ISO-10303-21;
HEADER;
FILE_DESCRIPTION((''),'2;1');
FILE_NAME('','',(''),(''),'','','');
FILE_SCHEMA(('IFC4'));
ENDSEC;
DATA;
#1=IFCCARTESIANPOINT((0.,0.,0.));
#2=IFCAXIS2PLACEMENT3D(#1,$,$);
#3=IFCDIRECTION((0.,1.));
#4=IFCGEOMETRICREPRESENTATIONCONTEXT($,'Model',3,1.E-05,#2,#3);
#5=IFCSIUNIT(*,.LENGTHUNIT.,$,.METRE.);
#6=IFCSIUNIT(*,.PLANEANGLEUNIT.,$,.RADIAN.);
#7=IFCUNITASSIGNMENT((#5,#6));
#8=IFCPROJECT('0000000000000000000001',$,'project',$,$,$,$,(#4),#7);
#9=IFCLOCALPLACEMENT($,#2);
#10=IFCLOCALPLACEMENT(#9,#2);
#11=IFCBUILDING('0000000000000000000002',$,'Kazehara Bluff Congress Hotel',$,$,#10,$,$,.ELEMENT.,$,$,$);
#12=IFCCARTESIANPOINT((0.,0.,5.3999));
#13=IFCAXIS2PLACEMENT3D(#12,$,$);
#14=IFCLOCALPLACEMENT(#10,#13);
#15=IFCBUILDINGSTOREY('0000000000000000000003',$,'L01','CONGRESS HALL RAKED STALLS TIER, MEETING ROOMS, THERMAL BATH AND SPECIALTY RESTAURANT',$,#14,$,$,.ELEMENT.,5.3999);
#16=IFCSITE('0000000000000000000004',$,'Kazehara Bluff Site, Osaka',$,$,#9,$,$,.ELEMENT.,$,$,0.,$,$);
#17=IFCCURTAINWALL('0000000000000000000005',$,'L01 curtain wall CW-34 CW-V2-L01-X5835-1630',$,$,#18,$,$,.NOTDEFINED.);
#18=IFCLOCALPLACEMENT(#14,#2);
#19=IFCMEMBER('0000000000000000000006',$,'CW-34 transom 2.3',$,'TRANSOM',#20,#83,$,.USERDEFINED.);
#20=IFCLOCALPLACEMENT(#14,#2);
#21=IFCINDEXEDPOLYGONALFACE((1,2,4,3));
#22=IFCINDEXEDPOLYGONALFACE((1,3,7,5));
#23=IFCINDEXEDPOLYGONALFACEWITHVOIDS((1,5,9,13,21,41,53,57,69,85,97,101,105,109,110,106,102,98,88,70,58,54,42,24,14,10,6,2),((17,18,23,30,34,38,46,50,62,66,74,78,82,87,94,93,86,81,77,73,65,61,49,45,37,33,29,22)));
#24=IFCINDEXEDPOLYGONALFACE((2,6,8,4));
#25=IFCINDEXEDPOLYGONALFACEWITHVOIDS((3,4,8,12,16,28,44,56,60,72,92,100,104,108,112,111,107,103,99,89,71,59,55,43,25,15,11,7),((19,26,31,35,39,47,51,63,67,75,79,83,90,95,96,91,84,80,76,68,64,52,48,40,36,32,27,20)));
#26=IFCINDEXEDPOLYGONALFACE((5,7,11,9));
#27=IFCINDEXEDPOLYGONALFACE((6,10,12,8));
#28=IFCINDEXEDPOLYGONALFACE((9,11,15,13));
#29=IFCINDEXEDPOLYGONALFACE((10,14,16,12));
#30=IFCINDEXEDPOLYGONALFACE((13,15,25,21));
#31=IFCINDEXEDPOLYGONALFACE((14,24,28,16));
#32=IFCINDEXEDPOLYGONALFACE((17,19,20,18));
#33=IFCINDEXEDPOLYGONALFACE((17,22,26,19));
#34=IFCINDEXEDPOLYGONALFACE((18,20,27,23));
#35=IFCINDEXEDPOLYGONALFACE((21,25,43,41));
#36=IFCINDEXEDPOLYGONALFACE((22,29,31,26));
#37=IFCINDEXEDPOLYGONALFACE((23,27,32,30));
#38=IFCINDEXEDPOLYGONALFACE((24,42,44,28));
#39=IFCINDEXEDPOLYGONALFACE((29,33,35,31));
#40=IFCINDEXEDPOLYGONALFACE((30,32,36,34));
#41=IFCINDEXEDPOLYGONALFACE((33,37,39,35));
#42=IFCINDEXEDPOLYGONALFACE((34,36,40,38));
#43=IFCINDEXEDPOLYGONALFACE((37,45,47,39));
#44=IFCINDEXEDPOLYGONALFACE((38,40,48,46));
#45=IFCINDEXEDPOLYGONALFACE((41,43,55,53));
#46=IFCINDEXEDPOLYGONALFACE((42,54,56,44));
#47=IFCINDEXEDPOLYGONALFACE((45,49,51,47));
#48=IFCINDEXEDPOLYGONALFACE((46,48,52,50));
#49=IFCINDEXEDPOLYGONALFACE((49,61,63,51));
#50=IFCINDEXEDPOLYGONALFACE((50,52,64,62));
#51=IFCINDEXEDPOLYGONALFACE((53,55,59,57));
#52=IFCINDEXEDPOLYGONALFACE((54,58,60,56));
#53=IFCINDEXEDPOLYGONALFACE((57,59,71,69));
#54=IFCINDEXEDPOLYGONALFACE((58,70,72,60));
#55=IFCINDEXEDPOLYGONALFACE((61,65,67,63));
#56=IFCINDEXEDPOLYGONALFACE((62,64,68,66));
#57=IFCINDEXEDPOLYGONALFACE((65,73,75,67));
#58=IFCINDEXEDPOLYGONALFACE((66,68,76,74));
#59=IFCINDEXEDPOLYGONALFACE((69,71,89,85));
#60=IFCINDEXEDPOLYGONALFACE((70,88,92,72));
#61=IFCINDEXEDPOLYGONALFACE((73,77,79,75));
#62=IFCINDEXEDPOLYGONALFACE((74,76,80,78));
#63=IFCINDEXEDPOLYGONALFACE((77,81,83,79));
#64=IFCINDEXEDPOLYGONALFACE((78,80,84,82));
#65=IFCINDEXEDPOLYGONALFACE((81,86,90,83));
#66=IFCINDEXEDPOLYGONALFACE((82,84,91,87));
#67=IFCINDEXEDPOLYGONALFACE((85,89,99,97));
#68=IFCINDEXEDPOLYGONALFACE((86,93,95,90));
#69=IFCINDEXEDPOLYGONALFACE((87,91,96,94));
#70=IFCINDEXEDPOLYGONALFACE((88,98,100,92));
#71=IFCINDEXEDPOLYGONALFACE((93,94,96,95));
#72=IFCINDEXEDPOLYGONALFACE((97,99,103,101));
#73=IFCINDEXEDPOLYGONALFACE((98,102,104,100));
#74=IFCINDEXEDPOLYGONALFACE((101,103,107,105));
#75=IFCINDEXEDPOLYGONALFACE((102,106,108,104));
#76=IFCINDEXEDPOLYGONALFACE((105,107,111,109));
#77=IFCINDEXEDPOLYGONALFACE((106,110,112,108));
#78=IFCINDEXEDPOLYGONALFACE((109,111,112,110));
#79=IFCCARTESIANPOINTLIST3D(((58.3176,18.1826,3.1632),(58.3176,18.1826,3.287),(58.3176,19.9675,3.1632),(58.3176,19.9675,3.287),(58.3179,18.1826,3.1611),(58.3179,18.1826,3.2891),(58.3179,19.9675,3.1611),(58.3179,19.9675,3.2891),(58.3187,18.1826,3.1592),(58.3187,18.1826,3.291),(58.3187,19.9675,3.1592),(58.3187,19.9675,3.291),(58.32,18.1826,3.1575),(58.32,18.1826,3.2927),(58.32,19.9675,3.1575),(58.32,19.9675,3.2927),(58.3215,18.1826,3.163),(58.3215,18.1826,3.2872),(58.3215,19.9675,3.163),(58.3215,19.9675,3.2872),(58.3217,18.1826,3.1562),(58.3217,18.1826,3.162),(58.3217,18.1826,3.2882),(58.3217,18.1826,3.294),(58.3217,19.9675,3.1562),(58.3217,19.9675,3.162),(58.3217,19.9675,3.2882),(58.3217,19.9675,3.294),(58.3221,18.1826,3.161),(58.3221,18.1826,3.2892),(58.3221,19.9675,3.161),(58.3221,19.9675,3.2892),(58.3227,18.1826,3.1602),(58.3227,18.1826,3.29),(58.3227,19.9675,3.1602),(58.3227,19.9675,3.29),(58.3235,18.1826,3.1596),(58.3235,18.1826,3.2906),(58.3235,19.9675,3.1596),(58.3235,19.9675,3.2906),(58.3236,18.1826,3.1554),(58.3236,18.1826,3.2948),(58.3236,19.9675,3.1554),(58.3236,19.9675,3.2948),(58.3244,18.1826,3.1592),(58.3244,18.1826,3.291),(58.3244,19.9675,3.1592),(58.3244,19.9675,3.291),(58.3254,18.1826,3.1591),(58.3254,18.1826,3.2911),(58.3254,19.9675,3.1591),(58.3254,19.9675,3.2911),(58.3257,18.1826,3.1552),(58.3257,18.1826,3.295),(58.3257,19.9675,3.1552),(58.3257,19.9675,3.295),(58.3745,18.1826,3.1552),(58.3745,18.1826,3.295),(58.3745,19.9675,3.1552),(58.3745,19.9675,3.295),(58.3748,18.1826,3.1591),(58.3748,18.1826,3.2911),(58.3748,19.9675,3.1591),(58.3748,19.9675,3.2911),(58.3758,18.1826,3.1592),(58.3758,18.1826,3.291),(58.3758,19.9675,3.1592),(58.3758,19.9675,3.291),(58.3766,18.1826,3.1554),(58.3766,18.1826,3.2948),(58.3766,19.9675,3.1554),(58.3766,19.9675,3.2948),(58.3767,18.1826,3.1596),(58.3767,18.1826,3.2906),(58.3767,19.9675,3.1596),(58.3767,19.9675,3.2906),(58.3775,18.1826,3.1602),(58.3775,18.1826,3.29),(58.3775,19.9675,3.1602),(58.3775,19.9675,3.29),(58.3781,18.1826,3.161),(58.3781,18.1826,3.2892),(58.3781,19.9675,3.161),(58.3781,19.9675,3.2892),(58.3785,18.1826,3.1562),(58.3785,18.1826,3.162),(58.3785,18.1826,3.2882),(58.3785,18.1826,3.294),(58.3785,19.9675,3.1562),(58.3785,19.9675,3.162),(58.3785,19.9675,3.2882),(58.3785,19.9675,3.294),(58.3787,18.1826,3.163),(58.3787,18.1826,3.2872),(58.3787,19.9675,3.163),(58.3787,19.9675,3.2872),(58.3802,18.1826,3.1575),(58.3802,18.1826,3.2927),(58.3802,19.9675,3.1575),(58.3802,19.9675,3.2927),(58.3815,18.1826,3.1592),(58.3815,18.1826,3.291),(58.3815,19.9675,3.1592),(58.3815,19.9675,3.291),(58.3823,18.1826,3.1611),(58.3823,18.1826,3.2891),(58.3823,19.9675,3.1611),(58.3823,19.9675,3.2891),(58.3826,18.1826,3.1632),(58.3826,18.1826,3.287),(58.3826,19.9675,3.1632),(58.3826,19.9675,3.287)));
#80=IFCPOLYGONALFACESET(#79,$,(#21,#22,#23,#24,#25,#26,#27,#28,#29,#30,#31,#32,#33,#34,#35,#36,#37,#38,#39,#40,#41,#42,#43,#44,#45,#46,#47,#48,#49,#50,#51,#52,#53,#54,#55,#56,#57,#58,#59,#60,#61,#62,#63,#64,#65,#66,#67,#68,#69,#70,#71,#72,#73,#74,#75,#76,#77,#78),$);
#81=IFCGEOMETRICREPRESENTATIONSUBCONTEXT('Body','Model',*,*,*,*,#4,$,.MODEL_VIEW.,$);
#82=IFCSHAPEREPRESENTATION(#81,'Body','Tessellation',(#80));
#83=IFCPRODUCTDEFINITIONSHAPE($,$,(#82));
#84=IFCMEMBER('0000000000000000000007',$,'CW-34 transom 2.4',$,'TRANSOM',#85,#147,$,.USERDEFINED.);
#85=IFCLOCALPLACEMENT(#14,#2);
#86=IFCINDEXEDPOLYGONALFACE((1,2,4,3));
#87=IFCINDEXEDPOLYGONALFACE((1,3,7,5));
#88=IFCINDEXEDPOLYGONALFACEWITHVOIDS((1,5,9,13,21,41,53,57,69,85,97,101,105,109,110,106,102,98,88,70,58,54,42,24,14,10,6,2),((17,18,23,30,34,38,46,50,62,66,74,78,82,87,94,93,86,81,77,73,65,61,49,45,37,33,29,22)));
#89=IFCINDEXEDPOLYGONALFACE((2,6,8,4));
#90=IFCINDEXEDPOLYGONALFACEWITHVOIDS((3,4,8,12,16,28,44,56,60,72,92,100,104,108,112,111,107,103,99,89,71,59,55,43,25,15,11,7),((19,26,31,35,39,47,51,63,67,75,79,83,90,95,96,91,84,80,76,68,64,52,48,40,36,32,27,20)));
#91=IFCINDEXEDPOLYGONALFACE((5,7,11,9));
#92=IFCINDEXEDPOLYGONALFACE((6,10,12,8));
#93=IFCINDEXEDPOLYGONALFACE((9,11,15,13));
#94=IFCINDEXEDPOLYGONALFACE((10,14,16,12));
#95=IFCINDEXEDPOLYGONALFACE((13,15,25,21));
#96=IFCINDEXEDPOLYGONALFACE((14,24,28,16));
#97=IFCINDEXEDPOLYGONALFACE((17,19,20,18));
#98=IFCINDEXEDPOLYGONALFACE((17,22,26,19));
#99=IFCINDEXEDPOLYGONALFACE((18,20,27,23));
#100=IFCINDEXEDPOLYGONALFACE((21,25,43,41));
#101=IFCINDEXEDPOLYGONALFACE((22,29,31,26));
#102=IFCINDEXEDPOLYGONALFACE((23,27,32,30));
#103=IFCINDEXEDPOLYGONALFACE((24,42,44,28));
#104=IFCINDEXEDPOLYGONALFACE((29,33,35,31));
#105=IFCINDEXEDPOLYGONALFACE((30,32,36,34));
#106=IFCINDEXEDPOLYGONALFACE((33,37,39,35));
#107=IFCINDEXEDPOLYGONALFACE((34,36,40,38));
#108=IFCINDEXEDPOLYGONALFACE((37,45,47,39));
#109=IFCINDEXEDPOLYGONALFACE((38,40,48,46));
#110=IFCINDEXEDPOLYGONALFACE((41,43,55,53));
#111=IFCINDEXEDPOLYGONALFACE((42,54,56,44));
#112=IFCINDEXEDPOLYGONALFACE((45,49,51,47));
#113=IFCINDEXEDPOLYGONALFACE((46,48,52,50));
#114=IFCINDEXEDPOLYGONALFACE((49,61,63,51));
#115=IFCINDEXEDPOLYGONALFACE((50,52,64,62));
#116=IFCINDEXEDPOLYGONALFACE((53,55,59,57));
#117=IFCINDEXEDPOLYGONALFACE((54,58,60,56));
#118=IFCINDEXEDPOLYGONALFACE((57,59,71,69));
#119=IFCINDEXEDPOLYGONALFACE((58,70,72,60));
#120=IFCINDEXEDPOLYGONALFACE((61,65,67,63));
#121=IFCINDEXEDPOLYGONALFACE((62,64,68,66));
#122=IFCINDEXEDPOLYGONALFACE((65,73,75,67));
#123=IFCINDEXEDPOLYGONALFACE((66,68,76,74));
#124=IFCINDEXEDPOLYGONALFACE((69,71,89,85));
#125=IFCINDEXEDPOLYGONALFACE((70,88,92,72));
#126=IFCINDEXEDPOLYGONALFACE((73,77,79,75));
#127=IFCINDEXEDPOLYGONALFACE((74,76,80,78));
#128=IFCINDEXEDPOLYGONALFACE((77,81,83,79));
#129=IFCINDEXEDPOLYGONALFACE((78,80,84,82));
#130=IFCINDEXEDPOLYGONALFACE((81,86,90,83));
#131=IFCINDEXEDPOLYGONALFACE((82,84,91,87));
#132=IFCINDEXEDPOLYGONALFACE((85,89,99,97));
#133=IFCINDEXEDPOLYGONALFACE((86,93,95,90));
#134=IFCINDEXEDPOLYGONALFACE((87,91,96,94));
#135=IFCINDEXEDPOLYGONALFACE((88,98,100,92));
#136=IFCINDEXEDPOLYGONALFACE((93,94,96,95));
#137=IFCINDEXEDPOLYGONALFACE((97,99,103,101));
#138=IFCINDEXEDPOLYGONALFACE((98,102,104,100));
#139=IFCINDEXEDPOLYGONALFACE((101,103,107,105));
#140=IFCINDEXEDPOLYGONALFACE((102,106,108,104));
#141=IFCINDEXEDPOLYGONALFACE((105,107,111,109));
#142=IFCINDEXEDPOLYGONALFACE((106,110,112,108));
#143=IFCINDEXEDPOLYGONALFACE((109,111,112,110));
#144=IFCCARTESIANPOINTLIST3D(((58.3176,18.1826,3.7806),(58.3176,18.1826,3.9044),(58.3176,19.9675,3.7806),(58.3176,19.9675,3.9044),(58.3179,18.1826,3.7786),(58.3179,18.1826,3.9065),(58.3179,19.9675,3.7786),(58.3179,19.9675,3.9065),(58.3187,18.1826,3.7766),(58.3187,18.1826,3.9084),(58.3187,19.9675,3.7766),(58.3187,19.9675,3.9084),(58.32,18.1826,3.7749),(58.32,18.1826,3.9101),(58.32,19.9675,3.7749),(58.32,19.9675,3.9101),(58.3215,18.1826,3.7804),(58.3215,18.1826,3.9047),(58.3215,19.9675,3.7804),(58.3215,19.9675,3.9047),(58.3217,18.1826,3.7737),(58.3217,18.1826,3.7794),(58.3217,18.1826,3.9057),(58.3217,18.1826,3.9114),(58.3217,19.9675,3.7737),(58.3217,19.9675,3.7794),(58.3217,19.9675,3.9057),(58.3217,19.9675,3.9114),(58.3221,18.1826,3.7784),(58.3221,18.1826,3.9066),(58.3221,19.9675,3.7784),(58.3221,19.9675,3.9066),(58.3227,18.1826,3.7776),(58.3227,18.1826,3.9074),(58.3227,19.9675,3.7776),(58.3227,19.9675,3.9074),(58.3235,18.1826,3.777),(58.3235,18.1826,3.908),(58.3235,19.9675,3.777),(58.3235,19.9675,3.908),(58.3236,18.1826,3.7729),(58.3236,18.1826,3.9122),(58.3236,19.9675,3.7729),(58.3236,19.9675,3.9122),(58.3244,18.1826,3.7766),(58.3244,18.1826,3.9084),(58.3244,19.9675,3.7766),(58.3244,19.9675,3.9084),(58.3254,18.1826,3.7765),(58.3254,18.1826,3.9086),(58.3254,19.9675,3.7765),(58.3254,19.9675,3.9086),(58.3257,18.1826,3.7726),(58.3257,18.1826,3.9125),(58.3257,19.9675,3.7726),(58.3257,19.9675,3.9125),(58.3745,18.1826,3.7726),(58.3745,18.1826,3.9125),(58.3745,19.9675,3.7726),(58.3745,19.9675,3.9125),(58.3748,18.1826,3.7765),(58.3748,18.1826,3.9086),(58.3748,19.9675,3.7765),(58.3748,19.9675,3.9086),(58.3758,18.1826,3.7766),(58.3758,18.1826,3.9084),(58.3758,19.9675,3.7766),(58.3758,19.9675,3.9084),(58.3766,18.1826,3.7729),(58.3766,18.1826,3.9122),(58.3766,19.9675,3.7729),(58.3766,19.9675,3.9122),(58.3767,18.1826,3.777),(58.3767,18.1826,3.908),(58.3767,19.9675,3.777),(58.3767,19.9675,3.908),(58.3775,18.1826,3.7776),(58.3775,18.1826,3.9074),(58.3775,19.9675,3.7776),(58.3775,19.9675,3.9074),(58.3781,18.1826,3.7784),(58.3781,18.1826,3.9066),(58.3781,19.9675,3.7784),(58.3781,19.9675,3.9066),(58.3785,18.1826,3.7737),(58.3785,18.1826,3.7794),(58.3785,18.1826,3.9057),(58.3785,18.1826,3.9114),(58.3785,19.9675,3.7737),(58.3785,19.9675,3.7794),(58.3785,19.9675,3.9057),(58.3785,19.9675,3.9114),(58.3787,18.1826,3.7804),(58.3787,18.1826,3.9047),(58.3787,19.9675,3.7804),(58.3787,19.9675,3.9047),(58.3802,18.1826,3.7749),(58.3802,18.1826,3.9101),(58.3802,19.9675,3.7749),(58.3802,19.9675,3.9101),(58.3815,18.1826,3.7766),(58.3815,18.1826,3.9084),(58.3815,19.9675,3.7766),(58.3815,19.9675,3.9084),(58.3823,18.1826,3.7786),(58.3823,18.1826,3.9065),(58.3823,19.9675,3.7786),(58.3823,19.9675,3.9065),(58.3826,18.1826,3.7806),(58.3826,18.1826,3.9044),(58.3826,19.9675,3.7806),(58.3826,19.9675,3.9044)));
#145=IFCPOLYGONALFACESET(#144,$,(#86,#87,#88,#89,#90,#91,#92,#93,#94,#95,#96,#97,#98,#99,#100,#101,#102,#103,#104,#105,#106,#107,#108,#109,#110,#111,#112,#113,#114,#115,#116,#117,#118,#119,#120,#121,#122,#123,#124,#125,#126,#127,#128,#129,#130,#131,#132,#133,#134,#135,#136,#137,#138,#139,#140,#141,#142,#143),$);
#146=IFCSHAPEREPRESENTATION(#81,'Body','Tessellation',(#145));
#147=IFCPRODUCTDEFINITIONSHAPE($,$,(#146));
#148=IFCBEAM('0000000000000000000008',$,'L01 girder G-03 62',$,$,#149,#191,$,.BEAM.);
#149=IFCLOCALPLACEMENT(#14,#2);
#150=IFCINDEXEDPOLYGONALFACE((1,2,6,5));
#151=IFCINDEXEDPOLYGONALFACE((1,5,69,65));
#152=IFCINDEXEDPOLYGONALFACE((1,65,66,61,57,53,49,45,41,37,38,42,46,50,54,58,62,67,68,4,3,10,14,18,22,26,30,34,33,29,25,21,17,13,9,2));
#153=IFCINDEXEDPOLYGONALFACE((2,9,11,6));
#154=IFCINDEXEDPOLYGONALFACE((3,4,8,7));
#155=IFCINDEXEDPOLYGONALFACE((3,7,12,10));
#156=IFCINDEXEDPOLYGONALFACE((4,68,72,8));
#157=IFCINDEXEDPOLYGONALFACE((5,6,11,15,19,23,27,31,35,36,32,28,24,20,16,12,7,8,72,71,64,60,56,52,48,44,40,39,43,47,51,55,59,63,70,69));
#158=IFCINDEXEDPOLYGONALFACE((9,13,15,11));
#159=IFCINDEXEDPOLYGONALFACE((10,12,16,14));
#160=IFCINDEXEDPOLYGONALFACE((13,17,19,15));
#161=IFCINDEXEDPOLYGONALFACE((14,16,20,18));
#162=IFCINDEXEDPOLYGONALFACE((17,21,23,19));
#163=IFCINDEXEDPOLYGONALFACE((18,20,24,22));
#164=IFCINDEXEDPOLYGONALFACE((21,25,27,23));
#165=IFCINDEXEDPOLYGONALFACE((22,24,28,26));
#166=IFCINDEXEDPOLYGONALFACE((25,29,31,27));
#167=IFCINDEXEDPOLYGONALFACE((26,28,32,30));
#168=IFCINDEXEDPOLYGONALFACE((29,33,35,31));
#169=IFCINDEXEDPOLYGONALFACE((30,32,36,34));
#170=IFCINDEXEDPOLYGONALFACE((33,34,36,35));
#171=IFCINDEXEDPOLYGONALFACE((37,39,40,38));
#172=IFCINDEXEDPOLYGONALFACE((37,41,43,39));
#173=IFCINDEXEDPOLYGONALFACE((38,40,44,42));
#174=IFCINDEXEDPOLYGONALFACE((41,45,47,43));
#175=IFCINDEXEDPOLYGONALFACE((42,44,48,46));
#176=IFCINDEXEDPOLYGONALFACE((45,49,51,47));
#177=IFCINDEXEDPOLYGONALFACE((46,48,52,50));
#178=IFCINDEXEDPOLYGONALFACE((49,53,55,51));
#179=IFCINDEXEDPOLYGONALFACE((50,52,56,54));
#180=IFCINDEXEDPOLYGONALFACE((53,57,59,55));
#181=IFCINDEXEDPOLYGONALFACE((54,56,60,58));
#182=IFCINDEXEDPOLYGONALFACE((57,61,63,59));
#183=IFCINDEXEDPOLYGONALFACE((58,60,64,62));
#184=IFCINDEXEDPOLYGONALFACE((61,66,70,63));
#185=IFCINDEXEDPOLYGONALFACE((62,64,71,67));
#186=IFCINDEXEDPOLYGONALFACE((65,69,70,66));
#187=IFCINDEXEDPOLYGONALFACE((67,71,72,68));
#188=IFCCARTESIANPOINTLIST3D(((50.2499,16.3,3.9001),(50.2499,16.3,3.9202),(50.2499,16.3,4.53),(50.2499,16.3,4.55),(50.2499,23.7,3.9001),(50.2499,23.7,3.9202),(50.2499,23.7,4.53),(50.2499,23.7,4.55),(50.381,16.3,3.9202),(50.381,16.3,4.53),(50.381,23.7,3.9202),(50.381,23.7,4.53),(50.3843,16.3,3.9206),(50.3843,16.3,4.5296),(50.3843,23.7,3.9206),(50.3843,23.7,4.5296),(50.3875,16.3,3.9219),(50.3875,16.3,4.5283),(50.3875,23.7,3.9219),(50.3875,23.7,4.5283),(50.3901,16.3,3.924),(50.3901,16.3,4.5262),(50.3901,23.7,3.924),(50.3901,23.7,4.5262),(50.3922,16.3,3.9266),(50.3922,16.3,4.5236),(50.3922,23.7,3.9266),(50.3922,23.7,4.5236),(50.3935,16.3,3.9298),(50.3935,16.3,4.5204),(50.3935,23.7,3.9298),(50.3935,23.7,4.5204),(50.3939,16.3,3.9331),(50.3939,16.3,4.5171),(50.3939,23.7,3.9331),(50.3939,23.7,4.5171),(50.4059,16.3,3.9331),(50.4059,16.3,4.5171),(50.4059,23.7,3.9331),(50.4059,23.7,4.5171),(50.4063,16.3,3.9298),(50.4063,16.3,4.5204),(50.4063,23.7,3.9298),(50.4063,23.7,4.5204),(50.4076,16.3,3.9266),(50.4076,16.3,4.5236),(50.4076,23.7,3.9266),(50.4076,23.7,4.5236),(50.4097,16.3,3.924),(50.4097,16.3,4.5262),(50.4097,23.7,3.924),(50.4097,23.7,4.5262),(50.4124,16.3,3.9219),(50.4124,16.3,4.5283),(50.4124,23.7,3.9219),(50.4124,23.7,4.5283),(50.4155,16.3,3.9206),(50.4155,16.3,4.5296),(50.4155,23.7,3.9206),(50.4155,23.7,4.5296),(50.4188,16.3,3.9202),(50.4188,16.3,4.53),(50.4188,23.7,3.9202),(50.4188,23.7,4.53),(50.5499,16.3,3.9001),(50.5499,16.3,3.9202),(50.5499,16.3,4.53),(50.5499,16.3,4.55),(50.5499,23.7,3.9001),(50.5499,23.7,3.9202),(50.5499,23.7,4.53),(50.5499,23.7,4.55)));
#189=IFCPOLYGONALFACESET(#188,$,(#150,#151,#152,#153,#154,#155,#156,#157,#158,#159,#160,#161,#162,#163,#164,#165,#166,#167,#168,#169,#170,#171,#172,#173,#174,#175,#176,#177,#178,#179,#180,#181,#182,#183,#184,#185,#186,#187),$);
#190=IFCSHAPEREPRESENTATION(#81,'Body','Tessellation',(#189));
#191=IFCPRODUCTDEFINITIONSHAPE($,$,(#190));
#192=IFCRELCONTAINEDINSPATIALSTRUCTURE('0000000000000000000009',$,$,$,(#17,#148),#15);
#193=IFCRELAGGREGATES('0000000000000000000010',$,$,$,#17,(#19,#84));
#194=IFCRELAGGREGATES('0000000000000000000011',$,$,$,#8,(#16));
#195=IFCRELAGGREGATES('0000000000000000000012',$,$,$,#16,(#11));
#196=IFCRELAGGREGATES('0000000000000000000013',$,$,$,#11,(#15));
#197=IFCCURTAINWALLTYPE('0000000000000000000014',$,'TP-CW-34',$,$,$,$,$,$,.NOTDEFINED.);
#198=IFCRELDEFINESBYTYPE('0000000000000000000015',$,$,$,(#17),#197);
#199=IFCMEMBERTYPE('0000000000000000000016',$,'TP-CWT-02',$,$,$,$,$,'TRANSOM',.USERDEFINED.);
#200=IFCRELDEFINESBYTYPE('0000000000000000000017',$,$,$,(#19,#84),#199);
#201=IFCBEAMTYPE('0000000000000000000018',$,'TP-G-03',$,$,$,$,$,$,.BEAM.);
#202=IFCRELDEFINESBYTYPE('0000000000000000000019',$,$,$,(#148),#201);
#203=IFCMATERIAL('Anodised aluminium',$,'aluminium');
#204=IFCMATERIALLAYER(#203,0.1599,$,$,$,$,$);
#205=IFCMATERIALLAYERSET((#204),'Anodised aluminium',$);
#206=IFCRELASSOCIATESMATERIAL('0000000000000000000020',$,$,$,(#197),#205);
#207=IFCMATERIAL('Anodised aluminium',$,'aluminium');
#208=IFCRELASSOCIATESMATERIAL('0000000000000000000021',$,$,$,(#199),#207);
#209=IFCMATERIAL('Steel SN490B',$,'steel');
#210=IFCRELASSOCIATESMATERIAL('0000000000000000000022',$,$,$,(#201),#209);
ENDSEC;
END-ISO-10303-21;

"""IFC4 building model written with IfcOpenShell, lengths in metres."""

from ifc_helpers import new_model, si_unit, direction, frame, origin, origin_2d, place, context, subcontext, project, spatial, hollow_rectangle, i_section, extrude, material, layer, layer_set, material_profile, profile_set, type_object, element, aggregate, save


model = new_model("IFC4")

# Units and contexts
model_context = context("Model", 3, precision=1e-05, world=origin(), true_north=direction((0.0, 1.0)))
body_context = subcontext(model_context, "Body", "Model", "MODEL_VIEW")
ifc_project = project(units=[si_unit("LENGTHUNIT", "METRE"), si_unit("PLANEANGLEUNIT", "RADIAN")], contexts=[model_context])

# Site, building, storey
site_placement = place(None, origin())
site = spatial("IfcSite", under=ifc_project, at=site_placement, Name="Kazehara Bluff Site, Osaka", CompositionType="ELEMENT", RefElevation=0.0)
building_placement = place(site_placement, origin())
building = spatial("IfcBuilding", under=site, at=building_placement, Name="Kazehara Bluff Congress Hotel", CompositionType="ELEMENT")
storey_placement = place(building_placement, frame((0.0, 0.0, 5.3999)))
storey = spatial("IfcBuildingStorey", under=building, at=storey_placement, Name="L01", Description="CONGRESS HALL RAKED STALLS TIER, MEETING ROOMS, THERMAL BATH AND SPECIALTY RESTAURANT", CompositionType="ELEMENT", Elevation=5.3999)

# Curtain wall
ifc_material_1 = material(Name="Anodised aluminium", Category="aluminium")
ifc_layer_1 = layer(ifc_material_1, 0.1599)
ifc_layer_set_1 = layer_set([ifc_layer_1], Name="Anodised aluminium")
curtain_wall_type = type_object("IfcCurtainWallType", Name="TP-CW-34", PredefinedType="NOTDEFINED", material=ifc_layer_set_1)
curtain_wall_1_placement = place(storey_placement, origin())
curtain_wall_1 = element("IfcCurtainWall", 1, at=curtain_wall_1_placement, inside=storey, type_object=curtain_wall_type, Name="L01 curtain wall CW-34 CW-V2-L01-X5835-1630", PredefinedType="NOTDEFINED")

# Members
ifc_material_2 = material(Name="Anodised aluminium", Category="aluminium")
ifc_material_profile_1 = material_profile(ifc_material_2, hollow_rectangle(XDim=0.0649, YDim=0.1399, WallThickness=0.0039, InnerFilletRadius=0.0039, OuterFilletRadius=0.0081, at=origin_2d()))
ifc_profile_set_1 = profile_set([ifc_material_profile_1], Name="Anodised aluminium")
member_type_1 = type_object("IfcMemberType", Name="TP-CWT-02", ElementType="TRANSOM", PredefinedType="USERDEFINED", material=ifc_profile_set_1)
member_1_placement = place(storey_placement, frame((58.3501, 18.1826, 3.2251), z_axis=(0.0, 1.0, 0.0), x_axis=(-1.0, 0.0, 0.0)))
member_1 = element("IfcMember", 2, at=member_1_placement, type_object=member_type_1, Name="CW-34 transom 2.3", ObjectType="TRANSOM", PredefinedType="USERDEFINED", context=body_context, shape_type="SweptSolid", body=[
    extrude(hollow_rectangle(XDim=0.0649, YDim=0.1399, WallThickness=0.0039, InnerFilletRadius=0.0039, OuterFilletRadius=0.0081, at=origin_2d()), origin(), (0.0, 0.0, 1.0), 1.7849),
])
member_2_placement = place(storey_placement, frame((58.3501, 18.1826, 3.8425), z_axis=(0.0, 1.0, 0.0), x_axis=(-1.0, 0.0, 0.0)))
member_2 = element("IfcMember", 3, at=member_2_placement, type_object=member_type_1, Name="CW-34 transom 2.4", ObjectType="TRANSOM", PredefinedType="USERDEFINED", context=body_context, shape_type="SweptSolid", body=[
    extrude(hollow_rectangle(XDim=0.0649, YDim=0.1399, WallThickness=0.0039, InnerFilletRadius=0.0039, OuterFilletRadius=0.0081, at=origin_2d()), origin(), (0.0, 0.0, 1.0), 1.7849),
])

# Beam
ifc_material_3 = material(Name="Steel SN490B", Category="steel")
ifc_material_profile_2 = material_profile(ifc_material_3, i_section(OverallWidth=0.3, OverallDepth=0.6499, WebThickness=0.012, FlangeThickness=0.02, FilletRadius=0.0129, at=origin_2d()))
ifc_profile_set_2 = profile_set([ifc_material_profile_2], Name="Steel SN490B")
beam_type = type_object("IfcBeamType", Name="TP-G-03", PredefinedType="BEAM", material=ifc_profile_set_2)
for number, where, z_axis, x_axis, name in (
    (4, (50.3999, 16.3, 4.2251), (0.0, 1.0, 0.0), (-1.0, 0.0, 0.0), "L01 girder G-03 62"),
):
    element("IfcBeam", number, at=place(storey_placement, frame(where, z_axis=z_axis, x_axis=x_axis)), inside=storey, type_object=beam_type, Name=name, PredefinedType="BEAM", context=body_context, shape_type="SweptSolid", body=[
        extrude(i_section(OverallWidth=0.3, OverallDepth=0.6499, WebThickness=0.012, FlangeThickness=0.02, FilletRadius=0.0129, at=origin_2d()), origin(), (0.0, 0.0, 1.0), 7.3999),
    ])

aggregate(curtain_wall_1, [member_1, member_2])

save(model, "model.ifc")
